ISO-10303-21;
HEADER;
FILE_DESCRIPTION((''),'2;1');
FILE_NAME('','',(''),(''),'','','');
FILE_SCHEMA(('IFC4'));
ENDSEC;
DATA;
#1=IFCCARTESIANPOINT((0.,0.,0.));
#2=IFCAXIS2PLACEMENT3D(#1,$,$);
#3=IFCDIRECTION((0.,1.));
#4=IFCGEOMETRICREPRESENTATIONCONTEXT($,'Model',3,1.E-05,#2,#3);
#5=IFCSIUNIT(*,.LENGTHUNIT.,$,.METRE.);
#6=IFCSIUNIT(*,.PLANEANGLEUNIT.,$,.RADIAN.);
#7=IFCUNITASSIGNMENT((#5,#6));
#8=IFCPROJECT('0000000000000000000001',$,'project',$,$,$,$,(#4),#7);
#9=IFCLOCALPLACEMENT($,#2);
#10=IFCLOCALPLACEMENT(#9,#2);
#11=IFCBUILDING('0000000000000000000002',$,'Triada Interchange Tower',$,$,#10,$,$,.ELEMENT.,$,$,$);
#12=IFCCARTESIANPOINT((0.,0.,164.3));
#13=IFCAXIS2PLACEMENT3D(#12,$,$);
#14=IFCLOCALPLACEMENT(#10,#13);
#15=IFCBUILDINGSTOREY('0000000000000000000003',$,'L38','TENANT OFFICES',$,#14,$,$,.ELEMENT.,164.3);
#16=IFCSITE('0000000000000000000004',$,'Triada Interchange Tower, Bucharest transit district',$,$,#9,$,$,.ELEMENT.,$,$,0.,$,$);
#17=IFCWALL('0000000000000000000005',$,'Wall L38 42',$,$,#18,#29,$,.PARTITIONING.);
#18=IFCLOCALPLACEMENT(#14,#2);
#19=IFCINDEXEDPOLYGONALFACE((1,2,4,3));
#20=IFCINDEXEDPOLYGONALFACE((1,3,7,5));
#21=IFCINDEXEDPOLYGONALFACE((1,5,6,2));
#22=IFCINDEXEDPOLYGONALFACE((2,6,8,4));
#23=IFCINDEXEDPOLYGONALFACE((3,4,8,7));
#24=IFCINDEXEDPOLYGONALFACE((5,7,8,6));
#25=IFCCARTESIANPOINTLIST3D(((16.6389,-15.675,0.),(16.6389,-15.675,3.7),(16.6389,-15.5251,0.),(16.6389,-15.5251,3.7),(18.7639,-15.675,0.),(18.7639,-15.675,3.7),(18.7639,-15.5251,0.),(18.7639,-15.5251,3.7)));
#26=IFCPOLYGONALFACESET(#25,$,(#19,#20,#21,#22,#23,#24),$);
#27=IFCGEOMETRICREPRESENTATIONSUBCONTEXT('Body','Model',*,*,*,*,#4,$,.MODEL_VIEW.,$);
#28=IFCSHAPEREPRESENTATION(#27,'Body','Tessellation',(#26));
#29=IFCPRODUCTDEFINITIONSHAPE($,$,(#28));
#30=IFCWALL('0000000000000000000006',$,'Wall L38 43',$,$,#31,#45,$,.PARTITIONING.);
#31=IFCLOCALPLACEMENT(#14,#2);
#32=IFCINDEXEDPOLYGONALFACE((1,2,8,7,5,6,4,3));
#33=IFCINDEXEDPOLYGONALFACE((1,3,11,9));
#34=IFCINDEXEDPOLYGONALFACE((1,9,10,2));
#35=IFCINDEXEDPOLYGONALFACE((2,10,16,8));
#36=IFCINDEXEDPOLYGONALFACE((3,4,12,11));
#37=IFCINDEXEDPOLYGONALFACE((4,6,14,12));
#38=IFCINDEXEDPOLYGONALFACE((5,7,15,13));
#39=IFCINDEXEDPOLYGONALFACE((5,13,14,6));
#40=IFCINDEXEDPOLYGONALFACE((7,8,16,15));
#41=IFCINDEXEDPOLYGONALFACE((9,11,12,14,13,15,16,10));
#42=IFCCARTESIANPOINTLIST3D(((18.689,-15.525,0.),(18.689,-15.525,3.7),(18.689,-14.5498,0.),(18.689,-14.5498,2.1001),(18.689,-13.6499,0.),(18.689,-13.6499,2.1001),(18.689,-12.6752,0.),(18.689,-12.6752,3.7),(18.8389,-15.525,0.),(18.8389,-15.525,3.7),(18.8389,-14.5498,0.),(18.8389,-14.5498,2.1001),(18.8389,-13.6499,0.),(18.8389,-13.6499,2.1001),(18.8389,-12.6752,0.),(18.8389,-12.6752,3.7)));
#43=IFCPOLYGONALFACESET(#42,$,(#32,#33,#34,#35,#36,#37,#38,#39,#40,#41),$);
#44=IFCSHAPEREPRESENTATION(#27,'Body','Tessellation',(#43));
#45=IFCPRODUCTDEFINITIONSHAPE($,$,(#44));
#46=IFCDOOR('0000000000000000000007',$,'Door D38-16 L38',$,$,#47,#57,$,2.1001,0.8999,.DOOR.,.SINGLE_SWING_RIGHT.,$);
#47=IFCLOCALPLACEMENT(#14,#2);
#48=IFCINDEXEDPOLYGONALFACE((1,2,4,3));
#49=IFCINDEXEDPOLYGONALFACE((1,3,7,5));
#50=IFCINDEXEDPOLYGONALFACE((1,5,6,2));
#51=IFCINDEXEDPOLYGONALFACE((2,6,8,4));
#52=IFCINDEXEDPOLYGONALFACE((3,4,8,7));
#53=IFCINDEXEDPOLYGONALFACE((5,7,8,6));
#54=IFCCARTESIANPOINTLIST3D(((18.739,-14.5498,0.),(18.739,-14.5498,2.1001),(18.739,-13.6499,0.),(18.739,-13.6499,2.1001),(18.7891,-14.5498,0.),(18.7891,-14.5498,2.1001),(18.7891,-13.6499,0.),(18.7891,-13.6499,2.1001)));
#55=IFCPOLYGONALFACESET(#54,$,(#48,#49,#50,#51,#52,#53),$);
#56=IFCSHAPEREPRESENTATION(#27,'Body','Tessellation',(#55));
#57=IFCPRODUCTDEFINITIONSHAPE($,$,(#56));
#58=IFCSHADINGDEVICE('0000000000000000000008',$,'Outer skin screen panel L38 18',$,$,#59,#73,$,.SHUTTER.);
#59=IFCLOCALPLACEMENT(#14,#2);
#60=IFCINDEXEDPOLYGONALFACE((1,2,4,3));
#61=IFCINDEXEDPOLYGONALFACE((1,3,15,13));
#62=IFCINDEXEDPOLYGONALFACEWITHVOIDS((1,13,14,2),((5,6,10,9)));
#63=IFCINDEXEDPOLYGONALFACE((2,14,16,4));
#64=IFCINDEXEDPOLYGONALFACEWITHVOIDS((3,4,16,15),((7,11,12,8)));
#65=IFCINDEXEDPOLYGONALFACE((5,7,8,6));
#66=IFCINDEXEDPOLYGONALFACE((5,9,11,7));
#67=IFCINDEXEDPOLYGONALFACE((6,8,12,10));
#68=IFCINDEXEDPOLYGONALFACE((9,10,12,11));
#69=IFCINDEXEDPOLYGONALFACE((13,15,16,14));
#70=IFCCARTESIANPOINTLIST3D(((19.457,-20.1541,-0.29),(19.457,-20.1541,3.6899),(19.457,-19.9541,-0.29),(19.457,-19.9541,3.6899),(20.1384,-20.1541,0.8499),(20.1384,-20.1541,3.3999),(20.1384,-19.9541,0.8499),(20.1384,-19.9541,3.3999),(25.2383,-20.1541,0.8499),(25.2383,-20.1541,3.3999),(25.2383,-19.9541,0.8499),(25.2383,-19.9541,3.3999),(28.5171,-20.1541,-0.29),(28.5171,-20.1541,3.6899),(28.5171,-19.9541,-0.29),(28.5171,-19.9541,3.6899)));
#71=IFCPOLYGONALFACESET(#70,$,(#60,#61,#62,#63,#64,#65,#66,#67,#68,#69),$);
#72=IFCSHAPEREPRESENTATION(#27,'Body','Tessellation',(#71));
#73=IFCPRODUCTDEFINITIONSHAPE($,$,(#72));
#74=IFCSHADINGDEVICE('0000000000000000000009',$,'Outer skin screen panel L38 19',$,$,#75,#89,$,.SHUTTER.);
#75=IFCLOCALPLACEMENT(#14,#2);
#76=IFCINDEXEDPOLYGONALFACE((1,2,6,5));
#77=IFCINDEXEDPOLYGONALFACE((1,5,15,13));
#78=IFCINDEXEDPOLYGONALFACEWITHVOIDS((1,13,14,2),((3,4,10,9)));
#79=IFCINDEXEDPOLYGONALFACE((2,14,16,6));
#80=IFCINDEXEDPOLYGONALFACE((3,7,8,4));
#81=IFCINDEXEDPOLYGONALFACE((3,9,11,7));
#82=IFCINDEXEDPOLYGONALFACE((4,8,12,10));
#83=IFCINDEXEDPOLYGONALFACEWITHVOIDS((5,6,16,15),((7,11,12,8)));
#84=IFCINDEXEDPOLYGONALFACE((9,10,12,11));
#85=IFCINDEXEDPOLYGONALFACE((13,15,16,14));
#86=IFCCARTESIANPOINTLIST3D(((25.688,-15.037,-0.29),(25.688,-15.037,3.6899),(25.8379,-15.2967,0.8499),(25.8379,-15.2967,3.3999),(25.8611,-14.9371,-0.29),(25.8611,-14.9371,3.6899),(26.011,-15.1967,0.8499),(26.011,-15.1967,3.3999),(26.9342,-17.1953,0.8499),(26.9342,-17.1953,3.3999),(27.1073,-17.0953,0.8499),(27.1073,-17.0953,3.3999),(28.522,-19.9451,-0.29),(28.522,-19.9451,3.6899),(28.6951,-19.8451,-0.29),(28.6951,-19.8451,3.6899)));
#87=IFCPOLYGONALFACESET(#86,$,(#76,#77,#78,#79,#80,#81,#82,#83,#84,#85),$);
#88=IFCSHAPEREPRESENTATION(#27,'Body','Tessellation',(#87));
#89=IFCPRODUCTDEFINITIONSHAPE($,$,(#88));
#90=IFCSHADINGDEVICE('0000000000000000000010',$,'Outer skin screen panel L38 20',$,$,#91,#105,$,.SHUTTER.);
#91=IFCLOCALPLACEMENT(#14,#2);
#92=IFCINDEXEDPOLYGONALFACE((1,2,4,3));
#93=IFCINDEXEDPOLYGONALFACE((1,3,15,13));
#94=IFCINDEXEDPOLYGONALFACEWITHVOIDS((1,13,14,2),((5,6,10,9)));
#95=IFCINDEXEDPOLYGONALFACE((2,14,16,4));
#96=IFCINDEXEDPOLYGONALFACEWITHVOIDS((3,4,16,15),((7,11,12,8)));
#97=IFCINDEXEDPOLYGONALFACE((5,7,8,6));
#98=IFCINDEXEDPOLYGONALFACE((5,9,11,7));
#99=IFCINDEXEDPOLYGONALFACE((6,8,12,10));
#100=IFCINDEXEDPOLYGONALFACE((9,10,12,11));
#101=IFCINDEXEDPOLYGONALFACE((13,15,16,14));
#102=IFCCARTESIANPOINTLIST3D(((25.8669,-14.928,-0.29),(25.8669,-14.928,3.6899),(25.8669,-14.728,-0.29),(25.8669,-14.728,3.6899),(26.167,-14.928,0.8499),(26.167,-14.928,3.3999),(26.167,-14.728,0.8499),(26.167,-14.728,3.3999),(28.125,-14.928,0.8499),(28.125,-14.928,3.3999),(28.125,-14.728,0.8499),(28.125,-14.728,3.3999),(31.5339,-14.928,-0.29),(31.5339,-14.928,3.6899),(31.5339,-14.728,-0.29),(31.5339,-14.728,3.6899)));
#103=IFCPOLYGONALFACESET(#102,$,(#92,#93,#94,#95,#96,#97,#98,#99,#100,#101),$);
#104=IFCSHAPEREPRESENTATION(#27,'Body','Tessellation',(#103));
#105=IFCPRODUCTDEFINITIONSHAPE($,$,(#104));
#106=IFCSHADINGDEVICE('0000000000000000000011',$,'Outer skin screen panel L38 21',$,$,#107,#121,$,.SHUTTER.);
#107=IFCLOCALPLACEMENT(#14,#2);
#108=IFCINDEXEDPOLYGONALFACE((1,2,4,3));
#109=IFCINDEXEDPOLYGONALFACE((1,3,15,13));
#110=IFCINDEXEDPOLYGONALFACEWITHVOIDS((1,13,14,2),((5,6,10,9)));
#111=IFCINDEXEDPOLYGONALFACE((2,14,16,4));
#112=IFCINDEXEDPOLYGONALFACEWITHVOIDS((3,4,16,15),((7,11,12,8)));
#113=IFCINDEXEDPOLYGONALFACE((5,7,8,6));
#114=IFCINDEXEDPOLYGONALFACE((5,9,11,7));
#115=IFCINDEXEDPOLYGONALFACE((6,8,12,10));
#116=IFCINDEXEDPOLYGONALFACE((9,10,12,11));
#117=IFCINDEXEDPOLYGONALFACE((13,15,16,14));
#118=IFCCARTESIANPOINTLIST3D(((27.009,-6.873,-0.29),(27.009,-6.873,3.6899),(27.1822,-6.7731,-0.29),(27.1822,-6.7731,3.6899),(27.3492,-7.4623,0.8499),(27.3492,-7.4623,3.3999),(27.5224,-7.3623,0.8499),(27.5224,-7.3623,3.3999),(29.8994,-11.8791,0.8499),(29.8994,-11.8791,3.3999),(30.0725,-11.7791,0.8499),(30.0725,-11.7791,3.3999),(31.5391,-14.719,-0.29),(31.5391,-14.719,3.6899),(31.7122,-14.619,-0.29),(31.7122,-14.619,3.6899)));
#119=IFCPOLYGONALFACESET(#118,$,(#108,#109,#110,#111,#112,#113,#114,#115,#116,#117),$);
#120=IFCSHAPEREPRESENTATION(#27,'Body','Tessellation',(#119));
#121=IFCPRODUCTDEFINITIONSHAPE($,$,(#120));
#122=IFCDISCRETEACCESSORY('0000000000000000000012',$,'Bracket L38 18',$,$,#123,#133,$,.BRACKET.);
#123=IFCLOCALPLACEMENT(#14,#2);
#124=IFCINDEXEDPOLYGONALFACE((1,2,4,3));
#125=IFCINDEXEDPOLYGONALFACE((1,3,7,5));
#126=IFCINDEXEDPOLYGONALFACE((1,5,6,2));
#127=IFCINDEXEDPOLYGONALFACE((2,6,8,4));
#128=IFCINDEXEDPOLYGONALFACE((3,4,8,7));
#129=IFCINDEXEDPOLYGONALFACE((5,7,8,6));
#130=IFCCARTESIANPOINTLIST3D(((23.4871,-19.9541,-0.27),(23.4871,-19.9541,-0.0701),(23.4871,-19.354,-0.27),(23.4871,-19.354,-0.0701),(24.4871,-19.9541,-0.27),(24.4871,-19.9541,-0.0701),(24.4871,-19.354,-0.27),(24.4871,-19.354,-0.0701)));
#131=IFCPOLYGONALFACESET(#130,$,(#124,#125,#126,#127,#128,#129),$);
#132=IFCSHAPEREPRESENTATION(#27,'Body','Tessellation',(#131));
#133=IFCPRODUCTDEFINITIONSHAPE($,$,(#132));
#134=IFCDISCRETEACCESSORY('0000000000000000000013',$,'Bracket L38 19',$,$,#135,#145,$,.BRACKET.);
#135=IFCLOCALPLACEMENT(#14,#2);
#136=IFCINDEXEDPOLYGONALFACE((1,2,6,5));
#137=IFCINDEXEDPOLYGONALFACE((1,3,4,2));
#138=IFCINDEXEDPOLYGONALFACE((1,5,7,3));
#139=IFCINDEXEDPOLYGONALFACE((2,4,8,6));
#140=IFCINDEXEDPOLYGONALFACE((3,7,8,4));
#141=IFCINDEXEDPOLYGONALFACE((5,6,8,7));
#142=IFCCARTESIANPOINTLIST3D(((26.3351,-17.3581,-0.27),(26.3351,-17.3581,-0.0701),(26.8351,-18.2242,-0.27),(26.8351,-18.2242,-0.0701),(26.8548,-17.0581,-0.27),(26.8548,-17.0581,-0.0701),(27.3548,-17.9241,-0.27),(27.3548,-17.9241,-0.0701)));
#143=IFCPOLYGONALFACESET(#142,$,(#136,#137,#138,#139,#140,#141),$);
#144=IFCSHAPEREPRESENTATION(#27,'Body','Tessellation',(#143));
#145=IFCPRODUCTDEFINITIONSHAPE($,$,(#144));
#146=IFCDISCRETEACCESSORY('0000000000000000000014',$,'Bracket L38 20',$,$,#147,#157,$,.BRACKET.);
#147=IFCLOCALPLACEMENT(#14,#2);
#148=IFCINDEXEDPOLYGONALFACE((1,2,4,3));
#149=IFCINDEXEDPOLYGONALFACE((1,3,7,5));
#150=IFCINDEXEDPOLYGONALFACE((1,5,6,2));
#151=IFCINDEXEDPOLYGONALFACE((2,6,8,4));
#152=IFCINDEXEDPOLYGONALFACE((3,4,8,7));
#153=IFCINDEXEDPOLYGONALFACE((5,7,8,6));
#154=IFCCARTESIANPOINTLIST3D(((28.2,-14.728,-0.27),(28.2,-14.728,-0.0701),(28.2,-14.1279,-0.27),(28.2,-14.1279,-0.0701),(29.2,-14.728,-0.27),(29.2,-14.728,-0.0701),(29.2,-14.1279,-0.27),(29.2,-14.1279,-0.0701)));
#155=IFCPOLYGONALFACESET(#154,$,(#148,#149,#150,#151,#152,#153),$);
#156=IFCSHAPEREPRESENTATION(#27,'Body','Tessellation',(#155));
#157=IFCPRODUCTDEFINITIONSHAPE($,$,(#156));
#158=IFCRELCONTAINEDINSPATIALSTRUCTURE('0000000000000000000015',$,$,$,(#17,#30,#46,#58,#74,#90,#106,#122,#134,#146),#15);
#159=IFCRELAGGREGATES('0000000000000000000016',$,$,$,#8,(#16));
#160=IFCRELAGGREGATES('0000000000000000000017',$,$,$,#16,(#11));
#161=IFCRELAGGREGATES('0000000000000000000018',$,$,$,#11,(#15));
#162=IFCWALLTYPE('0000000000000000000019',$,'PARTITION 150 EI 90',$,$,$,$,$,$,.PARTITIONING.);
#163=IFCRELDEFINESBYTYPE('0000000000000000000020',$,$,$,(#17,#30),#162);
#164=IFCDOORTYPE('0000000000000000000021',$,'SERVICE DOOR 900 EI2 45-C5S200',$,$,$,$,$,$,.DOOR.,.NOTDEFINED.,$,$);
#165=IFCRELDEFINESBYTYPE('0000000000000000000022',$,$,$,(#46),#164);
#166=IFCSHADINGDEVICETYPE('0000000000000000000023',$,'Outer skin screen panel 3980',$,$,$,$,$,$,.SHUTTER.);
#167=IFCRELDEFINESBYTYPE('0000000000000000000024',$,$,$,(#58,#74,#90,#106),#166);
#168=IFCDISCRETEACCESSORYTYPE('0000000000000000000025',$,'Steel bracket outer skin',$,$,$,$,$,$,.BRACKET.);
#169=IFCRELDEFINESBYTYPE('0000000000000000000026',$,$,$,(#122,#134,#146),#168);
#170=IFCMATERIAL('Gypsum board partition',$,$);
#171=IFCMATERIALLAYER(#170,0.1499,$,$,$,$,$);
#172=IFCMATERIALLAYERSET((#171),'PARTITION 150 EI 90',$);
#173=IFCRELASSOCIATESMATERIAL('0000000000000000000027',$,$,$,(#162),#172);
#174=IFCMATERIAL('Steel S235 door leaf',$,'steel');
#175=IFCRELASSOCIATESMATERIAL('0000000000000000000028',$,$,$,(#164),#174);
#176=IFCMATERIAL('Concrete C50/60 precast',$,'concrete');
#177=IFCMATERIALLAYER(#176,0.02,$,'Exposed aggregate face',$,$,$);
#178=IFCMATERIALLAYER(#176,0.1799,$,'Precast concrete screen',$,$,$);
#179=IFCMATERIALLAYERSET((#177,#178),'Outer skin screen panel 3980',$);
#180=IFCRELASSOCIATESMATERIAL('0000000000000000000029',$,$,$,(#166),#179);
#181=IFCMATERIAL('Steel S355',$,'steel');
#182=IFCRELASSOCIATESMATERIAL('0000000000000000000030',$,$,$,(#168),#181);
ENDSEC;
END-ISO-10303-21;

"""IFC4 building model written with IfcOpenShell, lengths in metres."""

from ifc_helpers import new_model, si_unit, direction, frame, frame_2d, origin, origin_2d, place, context, subcontext, project, spatial, polyline, rectangle, outline, extrude, material, layer, layer_set, type_object, element, fill, save


model = new_model("IFC4")

# Units and contexts
model_context = context("Model", 3, precision=1e-05, world=origin(), true_north=direction((0.0, 1.0)))
body_context = subcontext(model_context, "Body", "Model", "MODEL_VIEW")
ifc_project = project(units=[si_unit("LENGTHUNIT", "METRE"), si_unit("PLANEANGLEUNIT", "RADIAN")], contexts=[model_context])

# Site, building, storey
site_placement = place(None, origin())
site = spatial("IfcSite", under=ifc_project, at=site_placement, Name="Triada Interchange Tower, Bucharest transit district", CompositionType="ELEMENT", RefElevation=0.0)
building_placement = place(site_placement, origin())
building = spatial("IfcBuilding", under=site, at=building_placement, Name="Triada Interchange Tower", CompositionType="ELEMENT")
storey_placement = place(building_placement, frame((0.0, 0.0, 164.3)))
storey = spatial("IfcBuildingStorey", under=building, at=storey_placement, Name="L38", Description="TENANT OFFICES", CompositionType="ELEMENT", Elevation=164.3)

# Wall
ifc_material_1 = material(Name="Gypsum board partition")
ifc_layer_1 = layer(ifc_material_1, 0.1499)
ifc_layer_set_1 = layer_set([ifc_layer_1], Name="PARTITION 150 EI 90")
wall_type_1 = type_object("IfcWallType", Name="PARTITION 150 EI 90", PredefinedType="PARTITIONING", material=ifc_layer_set_1)
wall_1_placement = place(storey_placement, frame((16.6389, -15.6001, 0.0), z_axis=(0.0, 0.0, 1.0), x_axis=(1.0, 0.0, 0.0)))
element("IfcWall", 1, at=wall_1_placement, inside=storey, type_object=wall_type_1, Name="Wall L38 42", PredefinedType="PARTITIONING", context=body_context, shape_type="SweptSolid", body=[
    extrude(rectangle(XDim=2.125, YDim=0.1499, at=frame_2d((1.0625, 0.0))), origin(), (0.0, 0.0, 1.0), 3.7),
])

# Wall, opening, door
wall_2_placement = place(storey_placement, frame((18.7639, -15.5249, 0.0), z_axis=(0.0, 0.0, 1.0), x_axis=(0.0, 1.0, 0.0)))
wall_2 = element("IfcWall", 2, at=wall_2_placement, inside=storey, type_object=wall_type_1, Name="Wall L38 43", PredefinedType="PARTITIONING", context=body_context, shape_type="SweptSolid", body=[
    extrude(rectangle(XDim=2.8499, YDim=0.1499, at=frame_2d((1.4248, 0.0))), origin(), (0.0, 0.0, 1.0), 3.7),
])
opening_1_placement = place(wall_2_placement, frame((0.9751, 0.0, 0.0)))
opening_1 = element("IfcOpeningElement", 3, at=opening_1_placement, cuts=wall_2, PredefinedType="OPENING", context=body_context, shape_type="SweptSolid", body=[
    extrude(rectangle(XDim=0.8999, YDim=2.1001, at=frame_2d((0.45, 1.05))), frame((0.0, 0.085, 0.0), z_axis=(0.0, -1.0, 0.0), x_axis=(1.0, 0.0, 0.0)), (0.0, 0.0, 1.0), 0.1699),
])
ifc_material_2 = material(Name="Steel S235 door leaf", Category="steel")
door_type = type_object("IfcDoorType", Name="SERVICE DOOR 900 EI2 45-C5S200", OperationType="NOTDEFINED", PredefinedType="DOOR", material=ifc_material_2)
door_placement = place(opening_1_placement, origin())
door = element("IfcDoor", 4, at=door_placement, inside=storey, type_object=door_type, Name="Door D38-16 L38", OperationType="SINGLE_SWING_RIGHT", OverallHeight=2.1001, OverallWidth=0.8999, PredefinedType="DOOR", context=body_context, shape_type="SweptSolid", body=[
    extrude(rectangle(XDim=0.8999, YDim=2.1001, at=frame_2d((0.45, 1.05))), frame((0.0, 0.0249, 0.0), z_axis=(0.0, -1.0, 0.0), x_axis=(1.0, 0.0, 0.0)), (0.0, 0.0, 1.0), 0.05),
])
fill(opening_1, door)

# Shading devices
ifc_material_3 = material(Name="Concrete C50/60 precast", Category="concrete")
ifc_layer_2 = layer(ifc_material_3, 0.02, Name="Exposed aggregate face")
ifc_layer_3 = layer(ifc_material_3, 0.1799, Name="Precast concrete screen")
ifc_layer_set_2 = layer_set([ifc_layer_2, ifc_layer_3], Name="Outer skin screen panel 3980")
shading_device_type = type_object("IfcShadingDeviceType", Name="Outer skin screen panel 3980", PredefinedType="SHUTTER", material=ifc_layer_set_2)
shading_device_1_placement = place(storey_placement, frame((19.457, -19.9541, -0.29), z_axis=(0.0, 0.0, 1.0), x_axis=(1.0, 0.0, 0.0)))
element("IfcShadingDevice", 5, at=shading_device_1_placement, inside=storey, type_object=shading_device_type, Name="Outer skin screen panel L38 18", PredefinedType="SHUTTER", context=body_context, shape_type="SweptSolid", body=[
    extrude(outline(polyline([(0.0, 0.0), (9.0601, 0.0), (9.0601, 3.98), (0.0, 3.98), (0.0, 0.0)]), holes=[polyline([(0.6814, 1.1399), (0.6814, 3.6899), (5.7812, 3.6899), (5.7812, 1.1399), (0.6814, 1.1399)])]), frame((0.0, 0.0, 0.0), z_axis=(0.0, -1.0, 0.0), x_axis=(1.0, 0.0, 0.0)), (0.0, 0.0, 1.0), 0.2),
])
shading_device_2_placement = place(storey_placement, frame((28.522, -19.9451, -0.29), z_axis=(0.0, 0.0, 1.0), x_axis=(-0.500049, 0.865997, 0.0)))
element("IfcShadingDevice", 6, at=shading_device_2_placement, inside=storey, type_object=shading_device_type, Name="Outer skin screen panel L38 19", PredefinedType="SHUTTER", context=body_context, shape_type="SweptSolid", body=[
    extrude(outline(polyline([(0.0, 0.0), (5.6675, 0.0), (5.6675, 3.98), (0.0, 3.98), (0.0, 0.0)]), holes=[polyline([(3.1753, 1.1399), (3.1753, 3.6899), (5.3677, 3.6899), (5.3677, 1.1399), (3.1753, 1.1399)])]), frame((0.0, 0.0, 0.0), z_axis=(0.0, -1.0, 0.0), x_axis=(1.0, 0.0, 0.0)), (0.0, 0.0, 1.0), 0.2),
])
shading_device_3_placement = place(storey_placement, frame((25.8669, -14.728, -0.29), z_axis=(0.0, 0.0, 1.0), x_axis=(1.0, 0.0, 0.0)))
element("IfcShadingDevice", 7, at=shading_device_3_placement, inside=storey, type_object=shading_device_type, Name="Outer skin screen panel L38 20", PredefinedType="SHUTTER", context=body_context, shape_type="SweptSolid", body=[
    extrude(outline(polyline([(0.0, 0.0), (5.667, 0.0), (5.667, 3.98), (0.0, 3.98), (0.0, 0.0)]), holes=[polyline([(0.3, 1.1399), (0.3, 3.6899), (2.2581, 3.6899), (2.2581, 1.1399), (0.3, 1.1399)])]), frame((0.0, 0.0, 0.0), z_axis=(0.0, -1.0, 0.0), x_axis=(1.0, 0.0, 0.0)), (0.0, 0.0, 1.0), 0.2),
])
shading_device_4_placement = place(storey_placement, frame((31.5391, -14.719, -0.29), z_axis=(0.0, 0.0, 1.0), x_axis=(-0.500014, 0.866017, 0.0)))
element("IfcShadingDevice", 8, at=shading_device_4_placement, inside=storey, type_object=shading_device_type, Name="Outer skin screen panel L38 21", PredefinedType="SHUTTER", context=body_context, shape_type="SweptSolid", body=[
    extrude(outline(polyline([(0.0, 0.0), (9.0598, 0.0), (9.0598, 3.98), (0.0, 3.98), (0.0, 0.0)]), holes=[polyline([(3.2793, 1.1399), (3.2793, 3.6899), (8.3794, 3.6899), (8.3794, 1.1399), (3.2793, 1.1399)])]), frame((0.0, 0.0, 0.0), z_axis=(0.0, -1.0, 0.0), x_axis=(1.0, 0.0, 0.0)), (0.0, 0.0, 1.0), 0.2),
])

# Discrete accessories
ifc_material_4 = material(Name="Steel S355", Category="steel")
discrete_accessory_type = type_object("IfcDiscreteAccessoryType", Name="Steel bracket outer skin", PredefinedType="BRACKET", material=ifc_material_4)
for number, where, z_axis, x_axis, name in (
    (9, (23.9871, -19.6541, -0.27), (0.0, 0.0, 1.0), (0.0, -1.0, 0.0), "Bracket L38 18"),
    (10, (26.845, -17.6411, -0.27), (0.0, 0.0, 1.0), (0.866042, 0.499971, 0.0), "Bracket L38 19"),
    (11, (28.7, -14.428, -0.27), (0.0, 0.0, 1.0), (0.0, -1.0, 0.0), "Bracket L38 20"),
):
    element("IfcDiscreteAccessory", number, at=place(storey_placement, frame(where, z_axis=z_axis, x_axis=x_axis)), inside=storey, type_object=discrete_accessory_type, Name=name, PredefinedType="BRACKET", context=body_context, shape_type="SweptSolid", body=[
        extrude(rectangle(XDim=0.6001, YDim=1.0, at=origin_2d()), origin(), (0.0, 0.0, 1.0), 0.2),
    ])

save(model, "model.ifc")
